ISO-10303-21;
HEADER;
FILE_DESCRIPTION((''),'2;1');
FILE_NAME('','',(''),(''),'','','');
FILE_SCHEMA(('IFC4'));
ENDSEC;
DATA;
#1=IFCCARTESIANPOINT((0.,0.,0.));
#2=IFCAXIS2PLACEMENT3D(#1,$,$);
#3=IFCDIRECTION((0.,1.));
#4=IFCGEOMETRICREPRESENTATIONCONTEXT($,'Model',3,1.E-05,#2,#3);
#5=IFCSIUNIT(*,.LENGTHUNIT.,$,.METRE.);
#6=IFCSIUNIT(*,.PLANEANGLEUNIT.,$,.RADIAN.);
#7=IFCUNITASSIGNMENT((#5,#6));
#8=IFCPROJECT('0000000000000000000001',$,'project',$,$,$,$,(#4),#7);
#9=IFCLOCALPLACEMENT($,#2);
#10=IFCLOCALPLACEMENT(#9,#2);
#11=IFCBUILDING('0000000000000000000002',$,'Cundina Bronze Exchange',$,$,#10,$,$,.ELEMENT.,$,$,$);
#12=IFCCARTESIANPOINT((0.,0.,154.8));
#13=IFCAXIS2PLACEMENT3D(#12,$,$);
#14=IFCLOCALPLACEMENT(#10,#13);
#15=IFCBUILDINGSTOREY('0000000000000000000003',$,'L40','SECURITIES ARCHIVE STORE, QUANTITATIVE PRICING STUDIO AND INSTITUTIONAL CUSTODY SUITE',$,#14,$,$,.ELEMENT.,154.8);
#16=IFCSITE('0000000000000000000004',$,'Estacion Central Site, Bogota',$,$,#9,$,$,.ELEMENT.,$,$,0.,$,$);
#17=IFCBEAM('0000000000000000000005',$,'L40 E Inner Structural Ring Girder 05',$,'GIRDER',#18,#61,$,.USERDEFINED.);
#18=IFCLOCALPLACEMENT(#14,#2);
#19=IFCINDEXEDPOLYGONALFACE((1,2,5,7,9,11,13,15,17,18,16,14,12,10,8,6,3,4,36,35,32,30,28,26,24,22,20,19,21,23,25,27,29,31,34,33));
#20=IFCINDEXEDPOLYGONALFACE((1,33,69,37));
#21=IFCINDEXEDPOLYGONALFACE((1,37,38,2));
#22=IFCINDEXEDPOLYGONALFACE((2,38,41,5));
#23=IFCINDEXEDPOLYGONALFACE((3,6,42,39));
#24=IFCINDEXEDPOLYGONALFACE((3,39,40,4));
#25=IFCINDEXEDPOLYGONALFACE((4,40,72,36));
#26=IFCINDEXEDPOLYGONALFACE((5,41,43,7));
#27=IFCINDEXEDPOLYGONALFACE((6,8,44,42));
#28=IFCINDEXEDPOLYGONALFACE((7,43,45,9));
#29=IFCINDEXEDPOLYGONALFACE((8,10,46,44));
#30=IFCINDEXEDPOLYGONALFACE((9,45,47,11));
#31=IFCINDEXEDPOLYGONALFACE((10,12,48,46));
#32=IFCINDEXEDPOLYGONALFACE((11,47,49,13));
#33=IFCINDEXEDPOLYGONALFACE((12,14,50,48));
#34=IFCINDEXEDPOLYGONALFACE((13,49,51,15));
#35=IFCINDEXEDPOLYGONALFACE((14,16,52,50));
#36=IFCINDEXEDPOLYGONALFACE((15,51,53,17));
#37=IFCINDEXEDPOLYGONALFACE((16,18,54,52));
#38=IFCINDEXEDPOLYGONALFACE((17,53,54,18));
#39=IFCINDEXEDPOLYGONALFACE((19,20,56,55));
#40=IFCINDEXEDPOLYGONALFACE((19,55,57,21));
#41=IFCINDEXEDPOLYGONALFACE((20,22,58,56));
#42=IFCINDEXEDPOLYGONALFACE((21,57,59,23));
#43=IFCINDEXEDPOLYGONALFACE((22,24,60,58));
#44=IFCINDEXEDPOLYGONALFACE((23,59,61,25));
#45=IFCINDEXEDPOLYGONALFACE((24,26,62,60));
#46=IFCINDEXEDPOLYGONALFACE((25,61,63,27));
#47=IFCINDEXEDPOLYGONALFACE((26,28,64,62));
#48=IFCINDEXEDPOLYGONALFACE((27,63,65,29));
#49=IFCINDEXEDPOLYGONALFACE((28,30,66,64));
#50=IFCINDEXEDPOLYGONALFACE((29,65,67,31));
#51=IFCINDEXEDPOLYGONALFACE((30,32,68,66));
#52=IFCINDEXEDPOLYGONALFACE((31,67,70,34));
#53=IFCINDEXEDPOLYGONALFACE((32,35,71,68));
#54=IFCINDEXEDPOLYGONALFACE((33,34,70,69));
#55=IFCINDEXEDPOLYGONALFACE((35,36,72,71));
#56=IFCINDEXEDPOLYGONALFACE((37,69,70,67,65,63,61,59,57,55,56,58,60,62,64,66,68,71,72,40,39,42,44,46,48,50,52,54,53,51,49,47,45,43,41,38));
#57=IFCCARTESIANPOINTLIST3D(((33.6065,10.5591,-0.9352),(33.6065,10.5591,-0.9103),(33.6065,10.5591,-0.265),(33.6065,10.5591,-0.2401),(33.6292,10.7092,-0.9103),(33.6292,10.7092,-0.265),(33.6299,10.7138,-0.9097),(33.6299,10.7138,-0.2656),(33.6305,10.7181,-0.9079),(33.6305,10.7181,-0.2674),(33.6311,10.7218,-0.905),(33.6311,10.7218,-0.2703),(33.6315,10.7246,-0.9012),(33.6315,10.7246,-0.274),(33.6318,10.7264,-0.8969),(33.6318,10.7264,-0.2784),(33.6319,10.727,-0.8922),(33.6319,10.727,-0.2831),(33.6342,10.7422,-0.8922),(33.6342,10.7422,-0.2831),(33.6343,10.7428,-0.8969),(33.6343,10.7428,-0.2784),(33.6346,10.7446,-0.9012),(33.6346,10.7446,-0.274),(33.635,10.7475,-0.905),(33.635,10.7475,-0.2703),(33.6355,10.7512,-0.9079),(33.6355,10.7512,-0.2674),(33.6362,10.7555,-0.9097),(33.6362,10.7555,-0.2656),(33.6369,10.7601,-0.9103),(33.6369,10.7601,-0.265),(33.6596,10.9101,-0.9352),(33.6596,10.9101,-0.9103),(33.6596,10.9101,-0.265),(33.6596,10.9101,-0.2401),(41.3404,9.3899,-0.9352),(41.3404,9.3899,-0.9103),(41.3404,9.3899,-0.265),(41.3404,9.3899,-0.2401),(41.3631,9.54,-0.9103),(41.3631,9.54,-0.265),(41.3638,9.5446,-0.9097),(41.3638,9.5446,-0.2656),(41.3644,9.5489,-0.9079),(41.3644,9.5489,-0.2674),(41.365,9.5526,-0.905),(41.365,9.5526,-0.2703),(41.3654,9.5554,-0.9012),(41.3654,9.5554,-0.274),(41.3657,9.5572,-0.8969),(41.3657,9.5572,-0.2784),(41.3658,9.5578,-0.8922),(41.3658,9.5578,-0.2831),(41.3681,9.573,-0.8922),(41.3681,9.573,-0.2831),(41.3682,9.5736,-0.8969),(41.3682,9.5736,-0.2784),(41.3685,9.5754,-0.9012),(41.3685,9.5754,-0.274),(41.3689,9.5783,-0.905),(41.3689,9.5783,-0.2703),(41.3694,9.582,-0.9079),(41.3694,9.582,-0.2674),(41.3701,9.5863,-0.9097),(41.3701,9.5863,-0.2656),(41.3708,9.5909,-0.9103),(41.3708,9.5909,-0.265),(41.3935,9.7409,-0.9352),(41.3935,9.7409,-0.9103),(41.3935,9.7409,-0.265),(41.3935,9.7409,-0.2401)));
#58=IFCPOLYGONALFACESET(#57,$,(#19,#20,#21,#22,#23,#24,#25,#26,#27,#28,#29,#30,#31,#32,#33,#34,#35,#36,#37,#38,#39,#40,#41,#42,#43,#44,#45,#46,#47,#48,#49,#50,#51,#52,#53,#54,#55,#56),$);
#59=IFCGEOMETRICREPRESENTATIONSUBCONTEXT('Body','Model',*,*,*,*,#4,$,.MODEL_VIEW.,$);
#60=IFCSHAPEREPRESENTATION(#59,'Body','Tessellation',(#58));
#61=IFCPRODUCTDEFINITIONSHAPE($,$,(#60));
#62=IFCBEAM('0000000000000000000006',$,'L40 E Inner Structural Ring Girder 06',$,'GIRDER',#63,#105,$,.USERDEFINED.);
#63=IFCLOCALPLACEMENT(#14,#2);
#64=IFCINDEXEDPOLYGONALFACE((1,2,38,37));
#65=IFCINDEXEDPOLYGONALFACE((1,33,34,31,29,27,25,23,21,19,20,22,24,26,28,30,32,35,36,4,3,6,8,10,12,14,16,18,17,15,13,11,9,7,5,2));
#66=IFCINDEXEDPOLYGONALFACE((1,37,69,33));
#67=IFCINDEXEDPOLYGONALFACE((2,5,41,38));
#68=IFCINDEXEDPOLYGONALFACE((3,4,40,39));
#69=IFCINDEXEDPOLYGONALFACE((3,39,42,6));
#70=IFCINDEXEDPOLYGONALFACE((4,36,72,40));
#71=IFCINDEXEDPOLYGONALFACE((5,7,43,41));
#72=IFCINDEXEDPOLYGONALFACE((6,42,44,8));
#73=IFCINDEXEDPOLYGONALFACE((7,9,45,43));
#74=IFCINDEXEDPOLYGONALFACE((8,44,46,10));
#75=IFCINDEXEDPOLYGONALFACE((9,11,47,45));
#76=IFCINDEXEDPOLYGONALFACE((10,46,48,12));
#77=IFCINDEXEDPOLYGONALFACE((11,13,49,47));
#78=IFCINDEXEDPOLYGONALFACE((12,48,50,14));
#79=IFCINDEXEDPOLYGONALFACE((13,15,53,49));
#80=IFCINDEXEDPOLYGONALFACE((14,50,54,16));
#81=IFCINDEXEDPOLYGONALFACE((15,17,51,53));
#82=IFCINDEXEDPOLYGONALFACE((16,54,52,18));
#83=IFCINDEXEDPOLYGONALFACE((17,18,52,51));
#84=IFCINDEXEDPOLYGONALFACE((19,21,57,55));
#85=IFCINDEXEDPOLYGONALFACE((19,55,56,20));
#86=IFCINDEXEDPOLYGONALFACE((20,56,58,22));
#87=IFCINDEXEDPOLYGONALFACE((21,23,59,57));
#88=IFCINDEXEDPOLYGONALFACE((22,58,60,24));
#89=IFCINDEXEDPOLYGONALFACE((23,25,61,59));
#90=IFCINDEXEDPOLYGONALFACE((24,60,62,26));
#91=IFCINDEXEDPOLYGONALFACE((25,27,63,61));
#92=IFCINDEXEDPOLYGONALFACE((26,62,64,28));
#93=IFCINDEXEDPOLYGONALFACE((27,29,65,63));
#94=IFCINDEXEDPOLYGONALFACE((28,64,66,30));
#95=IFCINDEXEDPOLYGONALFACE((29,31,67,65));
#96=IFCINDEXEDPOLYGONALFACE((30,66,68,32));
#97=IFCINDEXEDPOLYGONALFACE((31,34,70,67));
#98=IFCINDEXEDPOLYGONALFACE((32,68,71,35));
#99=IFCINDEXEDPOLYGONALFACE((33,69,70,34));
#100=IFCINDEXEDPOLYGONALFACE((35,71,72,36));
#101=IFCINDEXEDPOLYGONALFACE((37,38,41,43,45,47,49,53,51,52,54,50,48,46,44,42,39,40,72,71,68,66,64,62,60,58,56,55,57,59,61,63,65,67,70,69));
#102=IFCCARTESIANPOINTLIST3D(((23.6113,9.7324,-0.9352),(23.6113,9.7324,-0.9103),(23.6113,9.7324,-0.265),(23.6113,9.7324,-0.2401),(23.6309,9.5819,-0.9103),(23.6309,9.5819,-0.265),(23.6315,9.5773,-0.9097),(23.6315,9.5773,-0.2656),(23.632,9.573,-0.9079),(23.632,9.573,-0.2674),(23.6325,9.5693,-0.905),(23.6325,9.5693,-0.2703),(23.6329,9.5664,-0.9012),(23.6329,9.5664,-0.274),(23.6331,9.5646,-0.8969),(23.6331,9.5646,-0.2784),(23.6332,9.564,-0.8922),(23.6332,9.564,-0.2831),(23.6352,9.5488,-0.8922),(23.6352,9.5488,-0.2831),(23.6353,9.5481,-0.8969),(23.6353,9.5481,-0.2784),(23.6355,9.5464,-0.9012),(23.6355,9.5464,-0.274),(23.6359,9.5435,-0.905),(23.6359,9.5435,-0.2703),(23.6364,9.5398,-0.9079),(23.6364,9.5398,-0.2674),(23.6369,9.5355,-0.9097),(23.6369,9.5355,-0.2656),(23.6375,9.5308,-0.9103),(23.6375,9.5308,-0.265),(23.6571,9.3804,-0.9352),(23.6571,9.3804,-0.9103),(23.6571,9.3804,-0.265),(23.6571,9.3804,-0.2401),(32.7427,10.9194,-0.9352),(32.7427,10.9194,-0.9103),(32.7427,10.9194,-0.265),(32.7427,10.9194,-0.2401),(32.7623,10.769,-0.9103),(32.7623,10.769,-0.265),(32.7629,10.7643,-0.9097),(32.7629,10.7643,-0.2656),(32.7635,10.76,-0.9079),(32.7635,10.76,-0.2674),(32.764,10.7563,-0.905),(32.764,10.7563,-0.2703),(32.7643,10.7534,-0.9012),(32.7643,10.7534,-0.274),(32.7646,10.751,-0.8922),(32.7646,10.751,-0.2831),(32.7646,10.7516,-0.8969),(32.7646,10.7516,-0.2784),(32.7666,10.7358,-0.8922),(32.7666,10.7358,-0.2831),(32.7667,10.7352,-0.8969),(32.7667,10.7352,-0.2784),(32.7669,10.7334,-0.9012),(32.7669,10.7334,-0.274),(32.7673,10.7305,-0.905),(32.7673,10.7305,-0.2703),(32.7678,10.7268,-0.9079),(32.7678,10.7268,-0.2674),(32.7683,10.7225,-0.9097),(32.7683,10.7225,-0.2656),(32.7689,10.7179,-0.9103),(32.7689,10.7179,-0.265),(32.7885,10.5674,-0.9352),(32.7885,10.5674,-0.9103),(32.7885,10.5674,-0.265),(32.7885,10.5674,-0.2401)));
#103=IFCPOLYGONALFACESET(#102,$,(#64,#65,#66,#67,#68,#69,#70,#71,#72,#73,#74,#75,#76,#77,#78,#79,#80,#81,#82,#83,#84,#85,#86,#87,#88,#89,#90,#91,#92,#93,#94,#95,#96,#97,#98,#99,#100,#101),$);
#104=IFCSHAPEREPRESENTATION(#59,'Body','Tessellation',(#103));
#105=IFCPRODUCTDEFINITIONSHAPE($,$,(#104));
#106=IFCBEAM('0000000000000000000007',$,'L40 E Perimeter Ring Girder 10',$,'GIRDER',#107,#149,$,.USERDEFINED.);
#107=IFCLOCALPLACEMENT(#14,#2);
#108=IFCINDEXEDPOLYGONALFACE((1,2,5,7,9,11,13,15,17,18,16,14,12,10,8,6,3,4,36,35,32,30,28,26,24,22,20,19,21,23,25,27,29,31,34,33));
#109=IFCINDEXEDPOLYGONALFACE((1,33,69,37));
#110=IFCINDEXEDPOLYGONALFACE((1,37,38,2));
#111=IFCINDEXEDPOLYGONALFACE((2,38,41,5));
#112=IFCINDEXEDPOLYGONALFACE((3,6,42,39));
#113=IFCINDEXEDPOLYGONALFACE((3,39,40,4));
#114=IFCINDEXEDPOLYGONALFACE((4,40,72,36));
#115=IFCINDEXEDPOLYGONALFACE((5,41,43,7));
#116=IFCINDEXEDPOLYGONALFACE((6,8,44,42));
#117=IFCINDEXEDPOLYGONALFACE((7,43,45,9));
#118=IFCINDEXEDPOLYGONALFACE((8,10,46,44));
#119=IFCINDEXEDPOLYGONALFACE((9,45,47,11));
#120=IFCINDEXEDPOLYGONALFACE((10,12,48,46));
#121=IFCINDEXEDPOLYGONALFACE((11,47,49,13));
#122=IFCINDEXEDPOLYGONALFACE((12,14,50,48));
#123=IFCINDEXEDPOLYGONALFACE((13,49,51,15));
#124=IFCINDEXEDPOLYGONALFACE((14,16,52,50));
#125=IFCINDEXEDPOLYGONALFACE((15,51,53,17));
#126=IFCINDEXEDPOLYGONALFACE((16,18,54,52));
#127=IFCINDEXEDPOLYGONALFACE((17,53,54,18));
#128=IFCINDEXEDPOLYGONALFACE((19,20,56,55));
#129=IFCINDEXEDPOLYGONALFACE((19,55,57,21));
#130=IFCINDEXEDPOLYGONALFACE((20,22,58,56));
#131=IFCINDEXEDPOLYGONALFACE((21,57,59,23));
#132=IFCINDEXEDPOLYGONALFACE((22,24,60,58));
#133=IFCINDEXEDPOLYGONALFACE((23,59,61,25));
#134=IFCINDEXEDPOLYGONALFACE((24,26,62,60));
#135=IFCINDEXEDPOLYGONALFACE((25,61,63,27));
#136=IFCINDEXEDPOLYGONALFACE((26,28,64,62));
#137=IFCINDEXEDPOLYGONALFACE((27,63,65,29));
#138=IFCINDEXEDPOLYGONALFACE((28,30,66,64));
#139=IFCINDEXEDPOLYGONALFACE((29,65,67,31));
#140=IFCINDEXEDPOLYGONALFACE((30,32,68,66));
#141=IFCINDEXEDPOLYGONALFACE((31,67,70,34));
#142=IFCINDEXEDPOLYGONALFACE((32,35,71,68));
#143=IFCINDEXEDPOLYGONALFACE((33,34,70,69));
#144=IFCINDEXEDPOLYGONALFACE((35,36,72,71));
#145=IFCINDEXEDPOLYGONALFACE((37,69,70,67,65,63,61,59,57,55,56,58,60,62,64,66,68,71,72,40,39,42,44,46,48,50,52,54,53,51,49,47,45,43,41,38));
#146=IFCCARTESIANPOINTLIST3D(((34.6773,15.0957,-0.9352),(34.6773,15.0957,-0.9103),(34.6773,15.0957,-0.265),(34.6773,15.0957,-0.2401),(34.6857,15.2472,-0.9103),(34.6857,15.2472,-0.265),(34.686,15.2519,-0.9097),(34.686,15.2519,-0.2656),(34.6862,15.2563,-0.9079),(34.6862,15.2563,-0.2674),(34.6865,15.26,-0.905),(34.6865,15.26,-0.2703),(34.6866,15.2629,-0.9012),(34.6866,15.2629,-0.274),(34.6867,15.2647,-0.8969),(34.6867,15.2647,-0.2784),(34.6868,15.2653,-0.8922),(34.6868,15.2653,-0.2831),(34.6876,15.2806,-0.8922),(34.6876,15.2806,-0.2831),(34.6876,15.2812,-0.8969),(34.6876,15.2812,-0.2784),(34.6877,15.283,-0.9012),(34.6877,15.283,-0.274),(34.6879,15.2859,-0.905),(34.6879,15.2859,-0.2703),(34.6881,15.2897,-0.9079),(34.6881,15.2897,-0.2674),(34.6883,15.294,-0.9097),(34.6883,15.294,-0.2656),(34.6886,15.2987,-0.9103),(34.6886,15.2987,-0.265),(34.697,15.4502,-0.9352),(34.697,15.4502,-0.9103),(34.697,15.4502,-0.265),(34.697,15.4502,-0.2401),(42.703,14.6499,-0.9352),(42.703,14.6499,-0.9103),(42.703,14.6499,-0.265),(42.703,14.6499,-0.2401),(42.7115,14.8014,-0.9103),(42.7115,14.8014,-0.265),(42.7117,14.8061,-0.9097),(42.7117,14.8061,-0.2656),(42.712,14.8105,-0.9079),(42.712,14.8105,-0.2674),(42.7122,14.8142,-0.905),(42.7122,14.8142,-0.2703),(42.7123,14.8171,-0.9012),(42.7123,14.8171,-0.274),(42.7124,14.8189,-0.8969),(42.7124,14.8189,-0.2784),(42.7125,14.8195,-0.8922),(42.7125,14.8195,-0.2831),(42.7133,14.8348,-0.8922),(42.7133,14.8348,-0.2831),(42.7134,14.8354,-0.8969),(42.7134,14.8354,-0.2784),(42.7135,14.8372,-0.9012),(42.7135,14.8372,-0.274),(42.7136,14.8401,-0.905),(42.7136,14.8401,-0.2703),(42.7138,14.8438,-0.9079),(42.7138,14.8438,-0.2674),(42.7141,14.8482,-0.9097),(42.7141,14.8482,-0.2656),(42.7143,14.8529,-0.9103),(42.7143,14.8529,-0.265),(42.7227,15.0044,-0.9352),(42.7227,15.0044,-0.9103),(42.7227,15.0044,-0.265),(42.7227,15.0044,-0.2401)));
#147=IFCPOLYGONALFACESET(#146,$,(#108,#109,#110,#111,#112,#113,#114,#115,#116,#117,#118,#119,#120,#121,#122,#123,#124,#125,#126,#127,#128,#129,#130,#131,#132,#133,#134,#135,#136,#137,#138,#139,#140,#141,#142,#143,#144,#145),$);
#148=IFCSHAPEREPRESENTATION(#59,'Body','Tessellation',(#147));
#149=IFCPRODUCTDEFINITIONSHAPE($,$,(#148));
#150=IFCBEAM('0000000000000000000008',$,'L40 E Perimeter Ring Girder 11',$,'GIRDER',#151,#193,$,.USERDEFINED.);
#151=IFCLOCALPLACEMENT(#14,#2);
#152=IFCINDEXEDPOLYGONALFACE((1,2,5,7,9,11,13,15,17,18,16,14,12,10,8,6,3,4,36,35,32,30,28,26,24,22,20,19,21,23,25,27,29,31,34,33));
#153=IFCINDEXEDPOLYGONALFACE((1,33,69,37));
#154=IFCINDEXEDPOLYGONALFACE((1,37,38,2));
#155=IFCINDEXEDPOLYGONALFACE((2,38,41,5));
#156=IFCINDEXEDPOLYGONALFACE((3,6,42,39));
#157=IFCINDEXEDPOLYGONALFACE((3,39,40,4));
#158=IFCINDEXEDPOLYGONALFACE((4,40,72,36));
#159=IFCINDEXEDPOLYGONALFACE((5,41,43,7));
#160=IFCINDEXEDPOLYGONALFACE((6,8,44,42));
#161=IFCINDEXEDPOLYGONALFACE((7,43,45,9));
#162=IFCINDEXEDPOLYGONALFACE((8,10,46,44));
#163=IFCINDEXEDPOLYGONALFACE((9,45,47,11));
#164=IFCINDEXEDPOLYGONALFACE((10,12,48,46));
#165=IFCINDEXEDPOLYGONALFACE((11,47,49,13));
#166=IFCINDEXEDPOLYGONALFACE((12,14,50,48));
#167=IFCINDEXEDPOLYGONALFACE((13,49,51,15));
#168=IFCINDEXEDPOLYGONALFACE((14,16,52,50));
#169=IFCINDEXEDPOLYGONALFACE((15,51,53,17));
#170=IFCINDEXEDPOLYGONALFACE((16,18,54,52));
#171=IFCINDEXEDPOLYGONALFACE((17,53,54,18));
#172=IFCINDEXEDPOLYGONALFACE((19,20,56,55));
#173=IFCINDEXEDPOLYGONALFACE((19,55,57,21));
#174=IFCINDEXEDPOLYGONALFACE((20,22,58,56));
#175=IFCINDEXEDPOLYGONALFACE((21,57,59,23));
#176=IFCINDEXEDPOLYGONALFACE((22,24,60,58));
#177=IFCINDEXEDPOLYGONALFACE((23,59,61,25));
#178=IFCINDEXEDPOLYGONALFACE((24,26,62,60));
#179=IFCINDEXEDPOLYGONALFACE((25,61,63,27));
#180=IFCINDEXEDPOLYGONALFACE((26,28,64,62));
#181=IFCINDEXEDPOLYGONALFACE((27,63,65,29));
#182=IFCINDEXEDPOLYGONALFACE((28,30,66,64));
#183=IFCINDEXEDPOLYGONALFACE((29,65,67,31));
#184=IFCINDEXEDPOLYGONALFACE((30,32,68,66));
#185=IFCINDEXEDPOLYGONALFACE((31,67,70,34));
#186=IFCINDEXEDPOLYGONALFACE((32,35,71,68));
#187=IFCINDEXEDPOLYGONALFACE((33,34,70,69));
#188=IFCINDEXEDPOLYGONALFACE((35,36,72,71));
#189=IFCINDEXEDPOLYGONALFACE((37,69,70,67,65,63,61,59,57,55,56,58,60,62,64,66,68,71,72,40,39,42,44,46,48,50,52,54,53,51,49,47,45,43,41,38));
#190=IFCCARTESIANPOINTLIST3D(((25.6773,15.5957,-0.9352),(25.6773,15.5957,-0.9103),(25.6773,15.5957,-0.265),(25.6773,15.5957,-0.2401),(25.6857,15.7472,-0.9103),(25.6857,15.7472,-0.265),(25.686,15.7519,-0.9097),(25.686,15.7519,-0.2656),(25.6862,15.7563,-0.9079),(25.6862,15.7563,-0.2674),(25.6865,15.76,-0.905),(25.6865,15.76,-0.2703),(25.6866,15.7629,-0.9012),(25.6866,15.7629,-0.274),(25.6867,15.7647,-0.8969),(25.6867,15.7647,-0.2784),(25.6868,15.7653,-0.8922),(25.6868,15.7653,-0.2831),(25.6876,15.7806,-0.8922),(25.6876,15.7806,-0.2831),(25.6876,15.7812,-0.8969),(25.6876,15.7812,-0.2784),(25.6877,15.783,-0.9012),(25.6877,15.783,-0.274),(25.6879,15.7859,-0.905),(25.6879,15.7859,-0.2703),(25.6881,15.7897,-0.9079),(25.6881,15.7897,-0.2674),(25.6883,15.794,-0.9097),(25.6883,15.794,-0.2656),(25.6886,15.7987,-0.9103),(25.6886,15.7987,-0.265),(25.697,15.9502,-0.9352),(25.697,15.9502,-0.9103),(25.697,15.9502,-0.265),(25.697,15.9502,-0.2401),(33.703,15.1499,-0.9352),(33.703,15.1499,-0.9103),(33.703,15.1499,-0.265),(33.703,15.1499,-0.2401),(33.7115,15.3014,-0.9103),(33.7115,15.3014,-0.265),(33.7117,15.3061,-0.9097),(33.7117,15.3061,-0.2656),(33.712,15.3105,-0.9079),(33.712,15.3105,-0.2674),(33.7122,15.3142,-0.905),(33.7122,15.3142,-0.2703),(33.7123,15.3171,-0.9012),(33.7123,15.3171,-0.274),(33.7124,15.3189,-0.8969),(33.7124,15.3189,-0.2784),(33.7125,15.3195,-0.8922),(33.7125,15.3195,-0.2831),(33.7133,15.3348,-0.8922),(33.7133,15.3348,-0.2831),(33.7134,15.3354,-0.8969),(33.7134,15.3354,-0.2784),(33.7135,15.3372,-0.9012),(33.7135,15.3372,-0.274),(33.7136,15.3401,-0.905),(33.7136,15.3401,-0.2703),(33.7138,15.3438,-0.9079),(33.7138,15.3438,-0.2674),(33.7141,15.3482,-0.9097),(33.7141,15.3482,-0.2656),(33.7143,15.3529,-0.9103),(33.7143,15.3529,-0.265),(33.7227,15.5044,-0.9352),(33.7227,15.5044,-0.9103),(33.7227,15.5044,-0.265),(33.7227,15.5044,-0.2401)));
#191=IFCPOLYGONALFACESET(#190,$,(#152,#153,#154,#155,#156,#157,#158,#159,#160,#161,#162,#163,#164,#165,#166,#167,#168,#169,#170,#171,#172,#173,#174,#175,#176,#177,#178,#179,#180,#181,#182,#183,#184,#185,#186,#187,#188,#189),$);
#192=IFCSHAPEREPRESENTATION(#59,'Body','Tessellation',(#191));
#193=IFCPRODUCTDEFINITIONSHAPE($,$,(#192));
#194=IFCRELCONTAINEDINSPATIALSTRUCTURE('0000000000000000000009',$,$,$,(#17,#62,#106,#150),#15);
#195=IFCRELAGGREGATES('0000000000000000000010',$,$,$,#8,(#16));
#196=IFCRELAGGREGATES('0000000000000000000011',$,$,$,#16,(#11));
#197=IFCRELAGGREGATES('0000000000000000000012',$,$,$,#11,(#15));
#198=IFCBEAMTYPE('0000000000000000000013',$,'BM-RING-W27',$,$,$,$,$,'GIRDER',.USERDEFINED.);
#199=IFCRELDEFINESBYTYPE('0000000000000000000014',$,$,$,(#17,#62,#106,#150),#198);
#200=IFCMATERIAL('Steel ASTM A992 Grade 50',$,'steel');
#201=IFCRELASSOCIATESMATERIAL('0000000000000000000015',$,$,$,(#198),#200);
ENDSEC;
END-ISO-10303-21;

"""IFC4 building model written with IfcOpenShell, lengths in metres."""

from ifc_helpers import new_model, si_unit, direction, frame, origin, origin_2d, place, context, subcontext, project, spatial, i_section, extrude, material, material_profile, profile_set, type_object, element, save


model = new_model("IFC4")

# Units and contexts
model_context = context("Model", 3, precision=1e-05, world=origin(), true_north=direction((0.0, 1.0)))
body_context = subcontext(model_context, "Body", "Model", "MODEL_VIEW")
ifc_project = project(units=[si_unit("LENGTHUNIT", "METRE"), si_unit("PLANEANGLEUNIT", "RADIAN")], contexts=[model_context])

# Site, building, storey
site_placement = place(None, origin())
site = spatial("IfcSite", under=ifc_project, at=site_placement, Name="Estacion Central Site, Bogota", CompositionType="ELEMENT", RefElevation=0.0)
building_placement = place(site_placement, origin())
building = spatial("IfcBuilding", under=site, at=building_placement, Name="Cundina Bronze Exchange", CompositionType="ELEMENT")
storey_placement = place(building_placement, frame((0.0, 0.0, 154.8)))
storey = spatial("IfcBuildingStorey", under=building, at=storey_placement, Name="L40", Description="SECURITIES ARCHIVE STORE, QUANTITATIVE PRICING STUDIO AND INSTITUTIONAL CUSTODY SUITE", CompositionType="ELEMENT", Elevation=154.8)

# Beams
ifc_material_1 = material(Name="Steel ASTM A992 Grade 50", Category="steel")
ifc_material_profile_1 = material_profile(ifc_material_1, i_section(OverallWidth=0.355, OverallDepth=0.6951, WebThickness=0.0154, FlangeThickness=0.0249, FilletRadius=0.0181, at=origin_2d()), Name="W27X146", Category="steel")
ifc_profile_set_1 = profile_set([ifc_material_profile_1], Name="Steel ASTM A992 Grade 50")
beam_type_1 = type_object("IfcBeamType", Name="BM-RING-W27", ElementType="GIRDER", PredefinedType="USERDEFINED", material=ifc_profile_set_1)
beam_1_placement = place(storey_placement, frame((41.3669, 9.5654, -0.5876), z_axis=(-0.988765, 0.149479, 0.0), x_axis=(-0.149479, -0.988765, 0.0)))
element("IfcBeam", 1, at=beam_1_placement, inside=storey, type_object=beam_type_1, Name="L40 E Inner Structural Ring Girder 05", ObjectType="GIRDER", PredefinedType="USERDEFINED", context=body_context, shape_type="SweptSolid", body=[
    extrude(i_section(OverallWidth=0.355, OverallDepth=0.6951, WebThickness=0.0154, FlangeThickness=0.0249, FilletRadius=0.0181, at=origin_2d()), origin(), (0.0, 0.0, 1.0), 7.8218),
])
beam_2_placement = place(storey_placement, frame((32.7656, 10.7434, -0.5876), z_axis=(-0.991656, -0.128908, 0.0), x_axis=(0.128908, -0.991656, 0.0)))
element("IfcBeam", 2, at=beam_2_placement, inside=storey, type_object=beam_type_1, Name="L40 E Inner Structural Ring Girder 06", ObjectType="GIRDER", PredefinedType="USERDEFINED", context=body_context, shape_type="SweptSolid", body=[
    extrude(i_section(OverallWidth=0.355, OverallDepth=0.6951, WebThickness=0.0154, FlangeThickness=0.0249, FilletRadius=0.0181, at=origin_2d()), origin(), (0.0, 0.0, 1.0), 9.2083),
])
for number, where, z_axis, x_axis, name in (
    (3, (42.7129, 14.8271, -0.5876), (-0.998461, 0.055462, 0.0), (-0.055462, -0.998461, 0.0), "L40 E Perimeter Ring Girder 10"),
    (4, (33.7129, 15.3271, -0.5876), (-0.998461, 0.055462, 0.0), (-0.055462, -0.998461, 0.0), "L40 E Perimeter Ring Girder 11"),
):
    element("IfcBeam", number, at=place(storey_placement, frame(where, z_axis=z_axis, x_axis=x_axis)), inside=storey, type_object=beam_type_1, Name=name, ObjectType="GIRDER", PredefinedType="USERDEFINED", context=body_context, shape_type="SweptSolid", body=[
        extrude(i_section(OverallWidth=0.355, OverallDepth=0.6951, WebThickness=0.0154, FlangeThickness=0.0249, FilletRadius=0.0181, at=origin_2d()), origin(), (0.0, 0.0, 1.0), 8.0381),
    ])

save(model, "model.ifc")
